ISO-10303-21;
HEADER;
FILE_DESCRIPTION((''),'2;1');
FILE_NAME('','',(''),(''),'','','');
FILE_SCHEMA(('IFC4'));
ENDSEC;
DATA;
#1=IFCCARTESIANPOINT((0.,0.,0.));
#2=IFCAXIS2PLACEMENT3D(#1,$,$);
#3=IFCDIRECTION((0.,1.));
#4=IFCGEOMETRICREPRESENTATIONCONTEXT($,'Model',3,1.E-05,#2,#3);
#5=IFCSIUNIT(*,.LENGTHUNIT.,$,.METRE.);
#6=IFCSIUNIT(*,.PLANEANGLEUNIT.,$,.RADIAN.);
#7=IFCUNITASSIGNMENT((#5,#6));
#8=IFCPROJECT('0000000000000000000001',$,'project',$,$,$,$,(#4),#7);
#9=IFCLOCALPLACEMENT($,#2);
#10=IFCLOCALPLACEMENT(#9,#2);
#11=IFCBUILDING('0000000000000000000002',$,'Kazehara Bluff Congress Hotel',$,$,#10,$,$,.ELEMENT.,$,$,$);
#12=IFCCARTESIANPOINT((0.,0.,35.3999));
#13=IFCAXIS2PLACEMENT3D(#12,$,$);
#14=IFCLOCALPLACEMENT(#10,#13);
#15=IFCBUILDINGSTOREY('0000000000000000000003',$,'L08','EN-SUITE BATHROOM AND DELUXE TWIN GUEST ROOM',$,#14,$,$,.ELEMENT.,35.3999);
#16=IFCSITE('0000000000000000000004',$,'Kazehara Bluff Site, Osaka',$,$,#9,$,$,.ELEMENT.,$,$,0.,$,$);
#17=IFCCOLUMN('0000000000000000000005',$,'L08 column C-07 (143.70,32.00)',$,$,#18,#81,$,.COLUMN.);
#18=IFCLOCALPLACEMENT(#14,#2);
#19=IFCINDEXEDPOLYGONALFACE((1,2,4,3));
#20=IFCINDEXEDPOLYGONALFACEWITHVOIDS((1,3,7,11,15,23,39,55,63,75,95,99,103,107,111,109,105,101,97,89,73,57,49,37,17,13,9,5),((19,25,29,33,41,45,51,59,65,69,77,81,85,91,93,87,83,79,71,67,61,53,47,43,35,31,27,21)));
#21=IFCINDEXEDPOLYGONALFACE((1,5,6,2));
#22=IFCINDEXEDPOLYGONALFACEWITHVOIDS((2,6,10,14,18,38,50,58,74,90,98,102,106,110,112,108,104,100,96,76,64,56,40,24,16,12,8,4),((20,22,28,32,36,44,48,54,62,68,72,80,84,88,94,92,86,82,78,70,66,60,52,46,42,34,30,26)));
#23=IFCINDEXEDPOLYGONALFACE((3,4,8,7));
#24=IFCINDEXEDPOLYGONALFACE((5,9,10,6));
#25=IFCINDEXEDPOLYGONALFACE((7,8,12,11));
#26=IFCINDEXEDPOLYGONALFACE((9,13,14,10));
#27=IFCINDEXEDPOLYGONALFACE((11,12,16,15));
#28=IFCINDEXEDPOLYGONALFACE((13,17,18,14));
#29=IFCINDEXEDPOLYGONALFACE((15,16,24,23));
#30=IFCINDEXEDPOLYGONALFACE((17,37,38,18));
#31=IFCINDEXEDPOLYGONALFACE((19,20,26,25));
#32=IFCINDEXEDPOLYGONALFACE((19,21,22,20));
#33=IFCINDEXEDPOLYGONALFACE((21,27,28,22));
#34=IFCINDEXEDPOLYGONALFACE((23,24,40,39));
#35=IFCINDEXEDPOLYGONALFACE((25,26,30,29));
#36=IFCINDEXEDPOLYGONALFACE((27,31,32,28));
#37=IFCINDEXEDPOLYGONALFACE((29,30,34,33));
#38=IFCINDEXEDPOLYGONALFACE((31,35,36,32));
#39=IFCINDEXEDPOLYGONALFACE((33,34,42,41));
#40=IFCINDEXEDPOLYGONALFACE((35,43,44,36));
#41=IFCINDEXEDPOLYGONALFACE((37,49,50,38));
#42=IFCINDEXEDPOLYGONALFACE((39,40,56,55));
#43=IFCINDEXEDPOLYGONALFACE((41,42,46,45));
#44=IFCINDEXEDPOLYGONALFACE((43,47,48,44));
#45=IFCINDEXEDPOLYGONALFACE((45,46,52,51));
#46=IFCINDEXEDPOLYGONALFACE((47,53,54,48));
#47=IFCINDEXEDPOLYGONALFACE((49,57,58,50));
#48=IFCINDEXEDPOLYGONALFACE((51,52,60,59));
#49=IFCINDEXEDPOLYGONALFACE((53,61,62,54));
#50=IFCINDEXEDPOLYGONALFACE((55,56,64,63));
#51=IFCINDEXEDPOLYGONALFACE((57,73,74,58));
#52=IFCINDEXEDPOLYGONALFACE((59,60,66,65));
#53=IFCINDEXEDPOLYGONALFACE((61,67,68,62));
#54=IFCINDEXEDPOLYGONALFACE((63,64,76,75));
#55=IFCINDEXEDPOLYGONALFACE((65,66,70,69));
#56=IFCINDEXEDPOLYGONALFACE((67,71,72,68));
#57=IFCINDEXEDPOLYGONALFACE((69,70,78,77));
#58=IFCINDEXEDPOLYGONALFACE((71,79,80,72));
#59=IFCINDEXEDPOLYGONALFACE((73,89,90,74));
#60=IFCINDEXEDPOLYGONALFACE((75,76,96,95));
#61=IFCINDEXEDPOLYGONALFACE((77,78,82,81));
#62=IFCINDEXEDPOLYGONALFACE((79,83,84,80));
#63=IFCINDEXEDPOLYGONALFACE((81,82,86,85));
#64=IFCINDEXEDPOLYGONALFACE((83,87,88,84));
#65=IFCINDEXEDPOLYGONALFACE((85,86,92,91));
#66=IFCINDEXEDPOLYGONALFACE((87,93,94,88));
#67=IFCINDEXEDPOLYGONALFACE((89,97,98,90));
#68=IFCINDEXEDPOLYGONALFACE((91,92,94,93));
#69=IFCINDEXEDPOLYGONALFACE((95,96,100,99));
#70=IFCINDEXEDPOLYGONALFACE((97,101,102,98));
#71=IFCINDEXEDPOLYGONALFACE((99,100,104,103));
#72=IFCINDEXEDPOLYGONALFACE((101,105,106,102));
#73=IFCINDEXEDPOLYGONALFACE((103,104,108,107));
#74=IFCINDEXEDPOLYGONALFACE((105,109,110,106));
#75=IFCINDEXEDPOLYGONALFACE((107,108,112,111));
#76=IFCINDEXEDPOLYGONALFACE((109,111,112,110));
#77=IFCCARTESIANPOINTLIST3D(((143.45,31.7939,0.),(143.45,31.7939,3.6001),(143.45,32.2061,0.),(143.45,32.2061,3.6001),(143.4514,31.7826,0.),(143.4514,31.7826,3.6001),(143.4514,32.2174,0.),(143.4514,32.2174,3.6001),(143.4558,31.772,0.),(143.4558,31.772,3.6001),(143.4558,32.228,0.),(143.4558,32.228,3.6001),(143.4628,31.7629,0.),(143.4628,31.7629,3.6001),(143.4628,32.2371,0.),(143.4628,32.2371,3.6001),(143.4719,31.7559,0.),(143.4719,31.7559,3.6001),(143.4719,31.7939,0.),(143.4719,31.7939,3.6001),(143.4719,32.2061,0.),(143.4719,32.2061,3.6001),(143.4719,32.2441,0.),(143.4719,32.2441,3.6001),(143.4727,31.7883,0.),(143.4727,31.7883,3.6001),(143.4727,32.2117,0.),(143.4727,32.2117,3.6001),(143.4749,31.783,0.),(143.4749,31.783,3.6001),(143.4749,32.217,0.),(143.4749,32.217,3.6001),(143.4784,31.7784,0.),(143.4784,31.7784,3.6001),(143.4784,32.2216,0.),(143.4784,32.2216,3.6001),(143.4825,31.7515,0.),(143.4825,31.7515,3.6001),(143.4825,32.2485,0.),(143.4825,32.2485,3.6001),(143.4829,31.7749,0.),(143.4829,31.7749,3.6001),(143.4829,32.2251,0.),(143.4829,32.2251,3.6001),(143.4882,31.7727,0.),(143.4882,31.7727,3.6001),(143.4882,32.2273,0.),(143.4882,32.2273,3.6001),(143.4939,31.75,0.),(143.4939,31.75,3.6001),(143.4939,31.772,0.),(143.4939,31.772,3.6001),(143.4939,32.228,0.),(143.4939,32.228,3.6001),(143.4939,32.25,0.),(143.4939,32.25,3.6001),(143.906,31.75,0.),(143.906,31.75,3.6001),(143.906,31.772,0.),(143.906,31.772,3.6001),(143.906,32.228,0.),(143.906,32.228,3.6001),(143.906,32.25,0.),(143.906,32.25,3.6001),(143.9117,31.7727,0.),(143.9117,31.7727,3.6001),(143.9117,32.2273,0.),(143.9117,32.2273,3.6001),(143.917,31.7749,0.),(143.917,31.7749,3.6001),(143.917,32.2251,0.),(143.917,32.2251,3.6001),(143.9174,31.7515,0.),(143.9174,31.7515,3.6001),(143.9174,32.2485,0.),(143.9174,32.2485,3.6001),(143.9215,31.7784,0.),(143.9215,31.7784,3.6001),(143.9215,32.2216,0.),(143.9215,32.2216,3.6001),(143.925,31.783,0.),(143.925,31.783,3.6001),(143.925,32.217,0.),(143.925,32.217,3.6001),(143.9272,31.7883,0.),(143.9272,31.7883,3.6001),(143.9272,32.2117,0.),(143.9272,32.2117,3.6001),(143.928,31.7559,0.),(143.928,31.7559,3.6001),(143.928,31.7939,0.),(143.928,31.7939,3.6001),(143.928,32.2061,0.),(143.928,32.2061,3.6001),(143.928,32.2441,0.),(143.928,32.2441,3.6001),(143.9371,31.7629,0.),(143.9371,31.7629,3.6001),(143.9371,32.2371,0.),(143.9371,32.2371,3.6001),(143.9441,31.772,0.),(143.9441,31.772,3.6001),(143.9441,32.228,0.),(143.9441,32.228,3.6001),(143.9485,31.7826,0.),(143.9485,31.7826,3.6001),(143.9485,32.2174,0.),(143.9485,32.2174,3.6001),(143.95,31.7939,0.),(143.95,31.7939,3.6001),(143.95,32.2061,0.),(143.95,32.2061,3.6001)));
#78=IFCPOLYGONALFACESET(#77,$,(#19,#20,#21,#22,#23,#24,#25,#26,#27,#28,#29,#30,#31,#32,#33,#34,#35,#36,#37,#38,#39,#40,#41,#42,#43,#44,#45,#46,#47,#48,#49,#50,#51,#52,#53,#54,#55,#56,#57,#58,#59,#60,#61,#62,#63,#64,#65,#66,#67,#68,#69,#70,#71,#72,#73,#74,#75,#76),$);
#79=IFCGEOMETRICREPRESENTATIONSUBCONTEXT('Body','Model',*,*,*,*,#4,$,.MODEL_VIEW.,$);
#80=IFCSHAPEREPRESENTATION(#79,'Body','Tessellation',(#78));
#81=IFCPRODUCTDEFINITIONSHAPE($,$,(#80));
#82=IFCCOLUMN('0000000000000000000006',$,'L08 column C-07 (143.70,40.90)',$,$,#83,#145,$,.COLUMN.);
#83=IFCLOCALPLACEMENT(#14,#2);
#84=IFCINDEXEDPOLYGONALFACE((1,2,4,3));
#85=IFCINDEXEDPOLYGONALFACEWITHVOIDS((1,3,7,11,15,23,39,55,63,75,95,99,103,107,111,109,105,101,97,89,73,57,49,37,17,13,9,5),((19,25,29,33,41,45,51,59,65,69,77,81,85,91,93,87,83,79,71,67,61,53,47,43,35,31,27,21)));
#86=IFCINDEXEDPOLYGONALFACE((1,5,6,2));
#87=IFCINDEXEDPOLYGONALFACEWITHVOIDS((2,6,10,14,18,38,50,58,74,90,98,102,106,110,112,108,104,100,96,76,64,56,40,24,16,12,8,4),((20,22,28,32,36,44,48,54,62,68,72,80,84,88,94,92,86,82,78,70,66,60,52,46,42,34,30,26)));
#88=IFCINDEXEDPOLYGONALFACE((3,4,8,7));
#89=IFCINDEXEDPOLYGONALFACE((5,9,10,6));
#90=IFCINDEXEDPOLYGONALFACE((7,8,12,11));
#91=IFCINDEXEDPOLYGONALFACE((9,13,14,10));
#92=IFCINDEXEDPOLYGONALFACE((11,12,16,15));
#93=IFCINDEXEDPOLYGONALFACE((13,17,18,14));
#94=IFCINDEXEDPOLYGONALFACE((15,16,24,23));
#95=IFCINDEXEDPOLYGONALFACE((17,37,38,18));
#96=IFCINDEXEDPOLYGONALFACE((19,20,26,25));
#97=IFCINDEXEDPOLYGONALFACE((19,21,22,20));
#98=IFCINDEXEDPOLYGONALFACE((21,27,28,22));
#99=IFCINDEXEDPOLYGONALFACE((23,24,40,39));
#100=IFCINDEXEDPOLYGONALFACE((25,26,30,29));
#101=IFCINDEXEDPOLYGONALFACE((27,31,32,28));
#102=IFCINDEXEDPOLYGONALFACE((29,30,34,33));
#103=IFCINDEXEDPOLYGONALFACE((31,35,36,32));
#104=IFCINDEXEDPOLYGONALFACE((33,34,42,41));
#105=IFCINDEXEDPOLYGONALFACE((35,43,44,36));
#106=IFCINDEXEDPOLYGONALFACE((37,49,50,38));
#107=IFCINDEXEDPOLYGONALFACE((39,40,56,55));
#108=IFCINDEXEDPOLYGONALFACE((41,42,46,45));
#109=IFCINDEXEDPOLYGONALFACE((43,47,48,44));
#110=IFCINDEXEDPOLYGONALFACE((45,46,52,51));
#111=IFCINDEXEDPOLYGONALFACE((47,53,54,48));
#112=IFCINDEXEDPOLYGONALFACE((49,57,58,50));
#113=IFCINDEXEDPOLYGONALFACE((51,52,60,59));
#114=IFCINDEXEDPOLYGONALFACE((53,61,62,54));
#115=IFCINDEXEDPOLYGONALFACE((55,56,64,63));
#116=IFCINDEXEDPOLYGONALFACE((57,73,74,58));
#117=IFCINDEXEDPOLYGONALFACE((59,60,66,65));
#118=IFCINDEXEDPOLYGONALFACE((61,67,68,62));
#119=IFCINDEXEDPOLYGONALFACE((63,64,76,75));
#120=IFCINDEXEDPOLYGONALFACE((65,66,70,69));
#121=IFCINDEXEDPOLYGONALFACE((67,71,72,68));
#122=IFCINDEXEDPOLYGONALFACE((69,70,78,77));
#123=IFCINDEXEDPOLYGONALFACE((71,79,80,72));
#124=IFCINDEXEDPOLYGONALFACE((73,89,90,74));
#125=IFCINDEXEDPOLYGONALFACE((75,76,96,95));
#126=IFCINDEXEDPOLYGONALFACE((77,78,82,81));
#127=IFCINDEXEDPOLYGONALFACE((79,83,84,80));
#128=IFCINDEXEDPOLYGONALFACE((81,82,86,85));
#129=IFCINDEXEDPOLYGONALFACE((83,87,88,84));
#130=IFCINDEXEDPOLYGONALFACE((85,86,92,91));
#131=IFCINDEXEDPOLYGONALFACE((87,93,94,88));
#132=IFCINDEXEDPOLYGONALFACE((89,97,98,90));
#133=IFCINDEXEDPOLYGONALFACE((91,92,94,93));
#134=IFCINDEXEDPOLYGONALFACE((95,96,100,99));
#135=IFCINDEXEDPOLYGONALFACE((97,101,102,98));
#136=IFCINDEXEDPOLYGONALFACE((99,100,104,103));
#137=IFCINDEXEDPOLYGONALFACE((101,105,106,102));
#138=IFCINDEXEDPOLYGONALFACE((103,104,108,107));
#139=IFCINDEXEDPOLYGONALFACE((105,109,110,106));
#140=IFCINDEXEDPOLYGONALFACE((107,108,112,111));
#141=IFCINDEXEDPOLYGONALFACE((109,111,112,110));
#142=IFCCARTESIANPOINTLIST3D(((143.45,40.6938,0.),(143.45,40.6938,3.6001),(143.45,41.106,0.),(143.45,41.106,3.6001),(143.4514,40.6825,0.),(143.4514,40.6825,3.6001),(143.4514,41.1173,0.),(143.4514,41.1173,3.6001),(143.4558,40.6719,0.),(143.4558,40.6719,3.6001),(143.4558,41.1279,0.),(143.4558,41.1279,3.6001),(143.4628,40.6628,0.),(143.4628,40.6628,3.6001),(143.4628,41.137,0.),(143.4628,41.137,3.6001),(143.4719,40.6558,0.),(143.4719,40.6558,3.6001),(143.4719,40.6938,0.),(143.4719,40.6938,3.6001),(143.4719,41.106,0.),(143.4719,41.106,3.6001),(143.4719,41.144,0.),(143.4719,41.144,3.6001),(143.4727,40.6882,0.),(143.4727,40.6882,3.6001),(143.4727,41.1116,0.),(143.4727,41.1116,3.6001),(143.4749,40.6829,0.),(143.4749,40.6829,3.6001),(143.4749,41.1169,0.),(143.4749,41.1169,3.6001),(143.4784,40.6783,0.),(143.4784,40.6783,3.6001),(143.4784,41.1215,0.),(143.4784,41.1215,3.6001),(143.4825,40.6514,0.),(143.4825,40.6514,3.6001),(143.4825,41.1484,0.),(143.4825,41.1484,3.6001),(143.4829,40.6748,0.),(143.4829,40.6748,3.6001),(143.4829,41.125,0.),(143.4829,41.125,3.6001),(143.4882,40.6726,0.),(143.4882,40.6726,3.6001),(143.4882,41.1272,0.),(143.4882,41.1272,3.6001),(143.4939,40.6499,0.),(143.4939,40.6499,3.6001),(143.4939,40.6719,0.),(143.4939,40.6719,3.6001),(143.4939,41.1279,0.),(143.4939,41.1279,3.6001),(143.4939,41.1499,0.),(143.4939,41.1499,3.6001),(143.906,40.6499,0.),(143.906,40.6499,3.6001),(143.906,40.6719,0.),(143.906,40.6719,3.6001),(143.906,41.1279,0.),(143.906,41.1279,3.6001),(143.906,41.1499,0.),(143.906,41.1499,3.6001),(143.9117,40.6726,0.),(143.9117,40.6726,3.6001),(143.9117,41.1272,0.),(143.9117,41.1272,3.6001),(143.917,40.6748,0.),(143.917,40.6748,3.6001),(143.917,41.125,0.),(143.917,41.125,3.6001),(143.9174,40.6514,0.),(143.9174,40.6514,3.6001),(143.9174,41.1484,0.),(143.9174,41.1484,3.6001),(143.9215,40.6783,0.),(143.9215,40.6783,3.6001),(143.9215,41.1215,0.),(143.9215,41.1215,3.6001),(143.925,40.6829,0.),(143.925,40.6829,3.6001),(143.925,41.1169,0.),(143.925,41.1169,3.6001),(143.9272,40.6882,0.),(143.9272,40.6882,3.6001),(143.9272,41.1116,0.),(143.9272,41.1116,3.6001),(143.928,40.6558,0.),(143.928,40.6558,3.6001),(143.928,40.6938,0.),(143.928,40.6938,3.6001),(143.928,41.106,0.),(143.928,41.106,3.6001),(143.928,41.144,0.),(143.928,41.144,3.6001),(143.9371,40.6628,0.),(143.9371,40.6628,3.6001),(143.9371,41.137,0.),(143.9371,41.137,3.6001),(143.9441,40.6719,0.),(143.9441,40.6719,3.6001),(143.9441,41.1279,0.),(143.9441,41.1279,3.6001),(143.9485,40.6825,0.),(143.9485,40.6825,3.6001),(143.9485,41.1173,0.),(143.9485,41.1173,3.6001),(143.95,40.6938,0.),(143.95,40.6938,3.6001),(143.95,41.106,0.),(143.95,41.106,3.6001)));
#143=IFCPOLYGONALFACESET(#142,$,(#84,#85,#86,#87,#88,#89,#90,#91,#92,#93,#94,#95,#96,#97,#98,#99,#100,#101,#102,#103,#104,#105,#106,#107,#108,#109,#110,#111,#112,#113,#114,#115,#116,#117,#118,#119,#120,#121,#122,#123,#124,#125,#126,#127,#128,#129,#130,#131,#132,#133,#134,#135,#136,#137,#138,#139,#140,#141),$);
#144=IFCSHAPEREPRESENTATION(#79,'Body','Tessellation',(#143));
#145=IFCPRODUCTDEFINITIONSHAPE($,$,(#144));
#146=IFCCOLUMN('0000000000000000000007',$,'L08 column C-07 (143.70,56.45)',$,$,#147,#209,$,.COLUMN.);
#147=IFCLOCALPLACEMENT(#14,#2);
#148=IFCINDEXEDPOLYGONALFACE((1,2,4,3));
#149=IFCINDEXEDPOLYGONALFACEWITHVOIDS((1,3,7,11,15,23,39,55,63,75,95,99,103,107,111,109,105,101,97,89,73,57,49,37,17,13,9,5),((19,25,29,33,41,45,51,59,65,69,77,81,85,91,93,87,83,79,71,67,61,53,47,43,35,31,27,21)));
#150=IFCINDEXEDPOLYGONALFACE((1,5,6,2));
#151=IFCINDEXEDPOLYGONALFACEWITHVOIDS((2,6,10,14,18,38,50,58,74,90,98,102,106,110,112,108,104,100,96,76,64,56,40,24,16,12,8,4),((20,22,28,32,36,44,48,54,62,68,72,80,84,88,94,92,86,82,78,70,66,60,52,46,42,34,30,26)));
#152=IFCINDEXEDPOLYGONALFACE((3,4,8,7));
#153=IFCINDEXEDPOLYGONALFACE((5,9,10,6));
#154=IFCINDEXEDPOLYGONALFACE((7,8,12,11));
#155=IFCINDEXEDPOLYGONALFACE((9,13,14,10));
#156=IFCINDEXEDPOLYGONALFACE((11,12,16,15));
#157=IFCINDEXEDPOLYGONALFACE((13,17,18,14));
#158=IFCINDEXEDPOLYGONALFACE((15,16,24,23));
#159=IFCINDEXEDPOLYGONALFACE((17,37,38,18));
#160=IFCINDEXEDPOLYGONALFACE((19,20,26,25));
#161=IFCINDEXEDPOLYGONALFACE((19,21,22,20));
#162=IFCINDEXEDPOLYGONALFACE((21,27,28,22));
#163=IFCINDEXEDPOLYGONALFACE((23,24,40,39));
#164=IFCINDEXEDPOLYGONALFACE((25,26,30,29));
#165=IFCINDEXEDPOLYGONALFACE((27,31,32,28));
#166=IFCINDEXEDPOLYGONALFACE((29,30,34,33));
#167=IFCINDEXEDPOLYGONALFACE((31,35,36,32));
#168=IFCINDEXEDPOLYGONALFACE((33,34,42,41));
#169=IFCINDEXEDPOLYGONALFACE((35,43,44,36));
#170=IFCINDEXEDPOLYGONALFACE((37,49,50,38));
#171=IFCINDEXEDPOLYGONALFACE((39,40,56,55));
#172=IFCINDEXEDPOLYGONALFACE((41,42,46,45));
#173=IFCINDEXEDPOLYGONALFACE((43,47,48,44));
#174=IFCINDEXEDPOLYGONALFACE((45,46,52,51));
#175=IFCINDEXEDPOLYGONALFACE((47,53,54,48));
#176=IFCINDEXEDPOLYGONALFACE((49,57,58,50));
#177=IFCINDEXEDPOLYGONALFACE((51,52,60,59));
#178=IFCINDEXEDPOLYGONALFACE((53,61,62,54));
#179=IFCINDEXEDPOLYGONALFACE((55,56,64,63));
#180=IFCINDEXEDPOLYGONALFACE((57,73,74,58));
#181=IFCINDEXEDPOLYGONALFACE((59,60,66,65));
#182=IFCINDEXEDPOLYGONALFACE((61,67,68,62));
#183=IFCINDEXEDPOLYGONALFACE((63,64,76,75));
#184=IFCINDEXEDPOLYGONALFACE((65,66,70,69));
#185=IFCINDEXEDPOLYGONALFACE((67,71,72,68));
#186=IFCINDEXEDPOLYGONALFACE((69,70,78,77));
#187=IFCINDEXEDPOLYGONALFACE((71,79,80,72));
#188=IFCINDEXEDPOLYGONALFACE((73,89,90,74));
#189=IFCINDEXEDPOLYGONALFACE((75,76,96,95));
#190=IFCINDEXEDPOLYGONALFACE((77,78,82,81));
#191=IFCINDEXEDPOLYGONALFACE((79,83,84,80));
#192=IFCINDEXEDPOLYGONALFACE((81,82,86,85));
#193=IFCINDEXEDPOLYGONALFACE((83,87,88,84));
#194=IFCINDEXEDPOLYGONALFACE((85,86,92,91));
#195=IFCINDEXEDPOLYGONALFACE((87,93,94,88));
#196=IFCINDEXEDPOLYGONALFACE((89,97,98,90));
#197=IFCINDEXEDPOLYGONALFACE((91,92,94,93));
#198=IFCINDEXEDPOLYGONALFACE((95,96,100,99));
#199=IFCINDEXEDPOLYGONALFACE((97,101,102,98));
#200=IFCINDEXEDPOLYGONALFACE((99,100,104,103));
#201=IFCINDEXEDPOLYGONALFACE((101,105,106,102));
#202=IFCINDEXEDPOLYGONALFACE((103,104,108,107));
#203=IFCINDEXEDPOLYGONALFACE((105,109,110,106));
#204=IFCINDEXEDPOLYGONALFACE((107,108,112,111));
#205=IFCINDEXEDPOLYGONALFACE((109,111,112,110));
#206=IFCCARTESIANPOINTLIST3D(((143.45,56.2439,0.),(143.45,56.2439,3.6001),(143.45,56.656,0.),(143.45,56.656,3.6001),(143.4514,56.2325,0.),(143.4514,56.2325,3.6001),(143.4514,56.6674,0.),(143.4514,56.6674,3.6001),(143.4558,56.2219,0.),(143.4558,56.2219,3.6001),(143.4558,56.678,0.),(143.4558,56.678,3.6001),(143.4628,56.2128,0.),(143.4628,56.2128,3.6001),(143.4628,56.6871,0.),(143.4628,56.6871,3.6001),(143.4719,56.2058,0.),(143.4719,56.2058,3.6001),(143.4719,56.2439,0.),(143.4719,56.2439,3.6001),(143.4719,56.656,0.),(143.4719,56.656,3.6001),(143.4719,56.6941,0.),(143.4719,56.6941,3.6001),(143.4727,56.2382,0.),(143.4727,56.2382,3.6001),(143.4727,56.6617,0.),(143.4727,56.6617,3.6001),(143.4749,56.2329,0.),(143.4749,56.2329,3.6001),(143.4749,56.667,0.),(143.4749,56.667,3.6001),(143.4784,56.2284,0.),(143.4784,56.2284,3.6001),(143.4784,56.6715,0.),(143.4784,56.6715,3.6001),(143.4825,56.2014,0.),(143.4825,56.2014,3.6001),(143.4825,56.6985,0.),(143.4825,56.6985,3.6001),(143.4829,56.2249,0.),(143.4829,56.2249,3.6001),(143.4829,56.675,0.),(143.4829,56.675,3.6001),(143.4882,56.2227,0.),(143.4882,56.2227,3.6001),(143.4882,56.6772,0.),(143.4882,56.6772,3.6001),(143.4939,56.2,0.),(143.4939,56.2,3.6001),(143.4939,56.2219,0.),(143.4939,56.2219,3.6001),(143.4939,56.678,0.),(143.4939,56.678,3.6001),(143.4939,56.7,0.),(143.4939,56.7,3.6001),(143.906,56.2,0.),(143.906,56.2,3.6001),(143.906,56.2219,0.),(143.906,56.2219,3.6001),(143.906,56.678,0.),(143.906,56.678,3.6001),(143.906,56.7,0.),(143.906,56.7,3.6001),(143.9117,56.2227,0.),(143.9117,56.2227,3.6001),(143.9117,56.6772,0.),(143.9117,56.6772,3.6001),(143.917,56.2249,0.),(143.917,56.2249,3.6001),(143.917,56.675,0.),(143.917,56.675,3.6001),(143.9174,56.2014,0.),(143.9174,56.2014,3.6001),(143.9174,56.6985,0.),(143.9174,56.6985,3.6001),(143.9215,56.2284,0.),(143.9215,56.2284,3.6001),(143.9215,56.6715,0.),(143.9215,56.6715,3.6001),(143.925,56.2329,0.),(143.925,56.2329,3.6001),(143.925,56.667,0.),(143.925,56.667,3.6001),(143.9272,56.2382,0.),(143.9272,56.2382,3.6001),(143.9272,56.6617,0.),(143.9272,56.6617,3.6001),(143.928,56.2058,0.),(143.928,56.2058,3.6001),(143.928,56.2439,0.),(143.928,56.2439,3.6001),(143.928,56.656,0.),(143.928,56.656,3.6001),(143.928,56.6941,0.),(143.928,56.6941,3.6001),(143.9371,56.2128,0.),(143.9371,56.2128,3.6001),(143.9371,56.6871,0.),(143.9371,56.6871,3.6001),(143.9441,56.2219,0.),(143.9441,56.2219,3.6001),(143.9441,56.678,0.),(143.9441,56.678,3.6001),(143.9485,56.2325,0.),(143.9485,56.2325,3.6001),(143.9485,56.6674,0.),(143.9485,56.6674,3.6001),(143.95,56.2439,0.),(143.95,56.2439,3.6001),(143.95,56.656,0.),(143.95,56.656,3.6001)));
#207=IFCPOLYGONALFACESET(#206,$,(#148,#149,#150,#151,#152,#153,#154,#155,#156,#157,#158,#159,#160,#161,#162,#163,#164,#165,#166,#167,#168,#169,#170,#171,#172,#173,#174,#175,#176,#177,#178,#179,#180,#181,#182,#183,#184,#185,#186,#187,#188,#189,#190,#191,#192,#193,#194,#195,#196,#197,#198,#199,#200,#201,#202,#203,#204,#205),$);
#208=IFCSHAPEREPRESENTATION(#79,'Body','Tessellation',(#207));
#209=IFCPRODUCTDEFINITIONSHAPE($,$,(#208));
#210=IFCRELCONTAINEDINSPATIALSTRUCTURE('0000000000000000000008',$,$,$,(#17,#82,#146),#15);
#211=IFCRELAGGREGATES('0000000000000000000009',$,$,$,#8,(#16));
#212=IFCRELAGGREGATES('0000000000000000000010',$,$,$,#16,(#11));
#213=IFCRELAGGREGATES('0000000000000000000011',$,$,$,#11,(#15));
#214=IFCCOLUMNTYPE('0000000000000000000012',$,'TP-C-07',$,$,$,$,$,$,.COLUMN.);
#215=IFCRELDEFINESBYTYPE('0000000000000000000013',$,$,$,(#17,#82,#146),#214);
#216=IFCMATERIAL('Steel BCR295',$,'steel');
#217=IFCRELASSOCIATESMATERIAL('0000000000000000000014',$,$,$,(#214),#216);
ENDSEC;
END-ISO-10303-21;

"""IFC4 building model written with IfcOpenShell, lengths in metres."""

from ifc_helpers import new_model, si_unit, direction, frame, origin, origin_2d, place, context, subcontext, project, spatial, hollow_rectangle, extrude, material, material_profile, profile_set, type_object, element, save


model = new_model("IFC4")

# Units and contexts
model_context = context("Model", 3, precision=1e-05, world=origin(), true_north=direction((0.0, 1.0)))
body_context = subcontext(model_context, "Body", "Model", "MODEL_VIEW")
ifc_project = project(units=[si_unit("LENGTHUNIT", "METRE"), si_unit("PLANEANGLEUNIT", "RADIAN")], contexts=[model_context])

# Site, building, storey
site_placement = place(None, origin())
site = spatial("IfcSite", under=ifc_project, at=site_placement, Name="Kazehara Bluff Site, Osaka", CompositionType="ELEMENT", RefElevation=0.0)
building_placement = place(site_placement, origin())
building = spatial("IfcBuilding", under=site, at=building_placement, Name="Kazehara Bluff Congress Hotel", CompositionType="ELEMENT")
storey_placement = place(building_placement, frame((0.0, 0.0, 35.3999)))
storey = spatial("IfcBuildingStorey", under=building, at=storey_placement, Name="L08", Description="EN-SUITE BATHROOM AND DELUXE TWIN GUEST ROOM", CompositionType="ELEMENT", Elevation=35.3999)

# Columns
ifc_material_1 = material(Name="Steel BCR295", Category="steel")
ifc_material_profile_1 = material_profile(ifc_material_1, hollow_rectangle(XDim=0.5, YDim=0.5, WallThickness=0.022, InnerFilletRadius=0.022, OuterFilletRadius=0.0439, at=origin_2d()))
ifc_profile_set_1 = profile_set([ifc_material_profile_1], Name="Steel BCR295")
column_type = type_object("IfcColumnType", Name="TP-C-07", PredefinedType="COLUMN", material=ifc_profile_set_1)
for number, where, z_axis, x_axis, name in (
    (1, (143.7, 32.0, 0.0), (0.0, 0.0, 1.0), (1.0, 0.0, 0.0), "L08 column C-07 (143.70,32.00)"),
    (2, (143.7, 40.8999, 0.0), (0.0, 0.0, 1.0), (1.0, 0.0, 0.0), "L08 column C-07 (143.70,40.90)"),
    (3, (143.7, 56.45, 0.0), (0.0, 0.0, 1.0), (1.0, 0.0, 0.0), "L08 column C-07 (143.70,56.45)"),
):
    element("IfcColumn", number, at=place(storey_placement, frame(where, z_axis=z_axis, x_axis=x_axis)), inside=storey, type_object=column_type, Name=name, PredefinedType="COLUMN", context=body_context, shape_type="SweptSolid", body=[
        extrude(hollow_rectangle(XDim=0.5, YDim=0.5, WallThickness=0.022, InnerFilletRadius=0.022, OuterFilletRadius=0.0439, at=origin_2d()), origin(), (0.0, 0.0, 1.0), 3.6001),
    ])

save(model, "model.ifc")
